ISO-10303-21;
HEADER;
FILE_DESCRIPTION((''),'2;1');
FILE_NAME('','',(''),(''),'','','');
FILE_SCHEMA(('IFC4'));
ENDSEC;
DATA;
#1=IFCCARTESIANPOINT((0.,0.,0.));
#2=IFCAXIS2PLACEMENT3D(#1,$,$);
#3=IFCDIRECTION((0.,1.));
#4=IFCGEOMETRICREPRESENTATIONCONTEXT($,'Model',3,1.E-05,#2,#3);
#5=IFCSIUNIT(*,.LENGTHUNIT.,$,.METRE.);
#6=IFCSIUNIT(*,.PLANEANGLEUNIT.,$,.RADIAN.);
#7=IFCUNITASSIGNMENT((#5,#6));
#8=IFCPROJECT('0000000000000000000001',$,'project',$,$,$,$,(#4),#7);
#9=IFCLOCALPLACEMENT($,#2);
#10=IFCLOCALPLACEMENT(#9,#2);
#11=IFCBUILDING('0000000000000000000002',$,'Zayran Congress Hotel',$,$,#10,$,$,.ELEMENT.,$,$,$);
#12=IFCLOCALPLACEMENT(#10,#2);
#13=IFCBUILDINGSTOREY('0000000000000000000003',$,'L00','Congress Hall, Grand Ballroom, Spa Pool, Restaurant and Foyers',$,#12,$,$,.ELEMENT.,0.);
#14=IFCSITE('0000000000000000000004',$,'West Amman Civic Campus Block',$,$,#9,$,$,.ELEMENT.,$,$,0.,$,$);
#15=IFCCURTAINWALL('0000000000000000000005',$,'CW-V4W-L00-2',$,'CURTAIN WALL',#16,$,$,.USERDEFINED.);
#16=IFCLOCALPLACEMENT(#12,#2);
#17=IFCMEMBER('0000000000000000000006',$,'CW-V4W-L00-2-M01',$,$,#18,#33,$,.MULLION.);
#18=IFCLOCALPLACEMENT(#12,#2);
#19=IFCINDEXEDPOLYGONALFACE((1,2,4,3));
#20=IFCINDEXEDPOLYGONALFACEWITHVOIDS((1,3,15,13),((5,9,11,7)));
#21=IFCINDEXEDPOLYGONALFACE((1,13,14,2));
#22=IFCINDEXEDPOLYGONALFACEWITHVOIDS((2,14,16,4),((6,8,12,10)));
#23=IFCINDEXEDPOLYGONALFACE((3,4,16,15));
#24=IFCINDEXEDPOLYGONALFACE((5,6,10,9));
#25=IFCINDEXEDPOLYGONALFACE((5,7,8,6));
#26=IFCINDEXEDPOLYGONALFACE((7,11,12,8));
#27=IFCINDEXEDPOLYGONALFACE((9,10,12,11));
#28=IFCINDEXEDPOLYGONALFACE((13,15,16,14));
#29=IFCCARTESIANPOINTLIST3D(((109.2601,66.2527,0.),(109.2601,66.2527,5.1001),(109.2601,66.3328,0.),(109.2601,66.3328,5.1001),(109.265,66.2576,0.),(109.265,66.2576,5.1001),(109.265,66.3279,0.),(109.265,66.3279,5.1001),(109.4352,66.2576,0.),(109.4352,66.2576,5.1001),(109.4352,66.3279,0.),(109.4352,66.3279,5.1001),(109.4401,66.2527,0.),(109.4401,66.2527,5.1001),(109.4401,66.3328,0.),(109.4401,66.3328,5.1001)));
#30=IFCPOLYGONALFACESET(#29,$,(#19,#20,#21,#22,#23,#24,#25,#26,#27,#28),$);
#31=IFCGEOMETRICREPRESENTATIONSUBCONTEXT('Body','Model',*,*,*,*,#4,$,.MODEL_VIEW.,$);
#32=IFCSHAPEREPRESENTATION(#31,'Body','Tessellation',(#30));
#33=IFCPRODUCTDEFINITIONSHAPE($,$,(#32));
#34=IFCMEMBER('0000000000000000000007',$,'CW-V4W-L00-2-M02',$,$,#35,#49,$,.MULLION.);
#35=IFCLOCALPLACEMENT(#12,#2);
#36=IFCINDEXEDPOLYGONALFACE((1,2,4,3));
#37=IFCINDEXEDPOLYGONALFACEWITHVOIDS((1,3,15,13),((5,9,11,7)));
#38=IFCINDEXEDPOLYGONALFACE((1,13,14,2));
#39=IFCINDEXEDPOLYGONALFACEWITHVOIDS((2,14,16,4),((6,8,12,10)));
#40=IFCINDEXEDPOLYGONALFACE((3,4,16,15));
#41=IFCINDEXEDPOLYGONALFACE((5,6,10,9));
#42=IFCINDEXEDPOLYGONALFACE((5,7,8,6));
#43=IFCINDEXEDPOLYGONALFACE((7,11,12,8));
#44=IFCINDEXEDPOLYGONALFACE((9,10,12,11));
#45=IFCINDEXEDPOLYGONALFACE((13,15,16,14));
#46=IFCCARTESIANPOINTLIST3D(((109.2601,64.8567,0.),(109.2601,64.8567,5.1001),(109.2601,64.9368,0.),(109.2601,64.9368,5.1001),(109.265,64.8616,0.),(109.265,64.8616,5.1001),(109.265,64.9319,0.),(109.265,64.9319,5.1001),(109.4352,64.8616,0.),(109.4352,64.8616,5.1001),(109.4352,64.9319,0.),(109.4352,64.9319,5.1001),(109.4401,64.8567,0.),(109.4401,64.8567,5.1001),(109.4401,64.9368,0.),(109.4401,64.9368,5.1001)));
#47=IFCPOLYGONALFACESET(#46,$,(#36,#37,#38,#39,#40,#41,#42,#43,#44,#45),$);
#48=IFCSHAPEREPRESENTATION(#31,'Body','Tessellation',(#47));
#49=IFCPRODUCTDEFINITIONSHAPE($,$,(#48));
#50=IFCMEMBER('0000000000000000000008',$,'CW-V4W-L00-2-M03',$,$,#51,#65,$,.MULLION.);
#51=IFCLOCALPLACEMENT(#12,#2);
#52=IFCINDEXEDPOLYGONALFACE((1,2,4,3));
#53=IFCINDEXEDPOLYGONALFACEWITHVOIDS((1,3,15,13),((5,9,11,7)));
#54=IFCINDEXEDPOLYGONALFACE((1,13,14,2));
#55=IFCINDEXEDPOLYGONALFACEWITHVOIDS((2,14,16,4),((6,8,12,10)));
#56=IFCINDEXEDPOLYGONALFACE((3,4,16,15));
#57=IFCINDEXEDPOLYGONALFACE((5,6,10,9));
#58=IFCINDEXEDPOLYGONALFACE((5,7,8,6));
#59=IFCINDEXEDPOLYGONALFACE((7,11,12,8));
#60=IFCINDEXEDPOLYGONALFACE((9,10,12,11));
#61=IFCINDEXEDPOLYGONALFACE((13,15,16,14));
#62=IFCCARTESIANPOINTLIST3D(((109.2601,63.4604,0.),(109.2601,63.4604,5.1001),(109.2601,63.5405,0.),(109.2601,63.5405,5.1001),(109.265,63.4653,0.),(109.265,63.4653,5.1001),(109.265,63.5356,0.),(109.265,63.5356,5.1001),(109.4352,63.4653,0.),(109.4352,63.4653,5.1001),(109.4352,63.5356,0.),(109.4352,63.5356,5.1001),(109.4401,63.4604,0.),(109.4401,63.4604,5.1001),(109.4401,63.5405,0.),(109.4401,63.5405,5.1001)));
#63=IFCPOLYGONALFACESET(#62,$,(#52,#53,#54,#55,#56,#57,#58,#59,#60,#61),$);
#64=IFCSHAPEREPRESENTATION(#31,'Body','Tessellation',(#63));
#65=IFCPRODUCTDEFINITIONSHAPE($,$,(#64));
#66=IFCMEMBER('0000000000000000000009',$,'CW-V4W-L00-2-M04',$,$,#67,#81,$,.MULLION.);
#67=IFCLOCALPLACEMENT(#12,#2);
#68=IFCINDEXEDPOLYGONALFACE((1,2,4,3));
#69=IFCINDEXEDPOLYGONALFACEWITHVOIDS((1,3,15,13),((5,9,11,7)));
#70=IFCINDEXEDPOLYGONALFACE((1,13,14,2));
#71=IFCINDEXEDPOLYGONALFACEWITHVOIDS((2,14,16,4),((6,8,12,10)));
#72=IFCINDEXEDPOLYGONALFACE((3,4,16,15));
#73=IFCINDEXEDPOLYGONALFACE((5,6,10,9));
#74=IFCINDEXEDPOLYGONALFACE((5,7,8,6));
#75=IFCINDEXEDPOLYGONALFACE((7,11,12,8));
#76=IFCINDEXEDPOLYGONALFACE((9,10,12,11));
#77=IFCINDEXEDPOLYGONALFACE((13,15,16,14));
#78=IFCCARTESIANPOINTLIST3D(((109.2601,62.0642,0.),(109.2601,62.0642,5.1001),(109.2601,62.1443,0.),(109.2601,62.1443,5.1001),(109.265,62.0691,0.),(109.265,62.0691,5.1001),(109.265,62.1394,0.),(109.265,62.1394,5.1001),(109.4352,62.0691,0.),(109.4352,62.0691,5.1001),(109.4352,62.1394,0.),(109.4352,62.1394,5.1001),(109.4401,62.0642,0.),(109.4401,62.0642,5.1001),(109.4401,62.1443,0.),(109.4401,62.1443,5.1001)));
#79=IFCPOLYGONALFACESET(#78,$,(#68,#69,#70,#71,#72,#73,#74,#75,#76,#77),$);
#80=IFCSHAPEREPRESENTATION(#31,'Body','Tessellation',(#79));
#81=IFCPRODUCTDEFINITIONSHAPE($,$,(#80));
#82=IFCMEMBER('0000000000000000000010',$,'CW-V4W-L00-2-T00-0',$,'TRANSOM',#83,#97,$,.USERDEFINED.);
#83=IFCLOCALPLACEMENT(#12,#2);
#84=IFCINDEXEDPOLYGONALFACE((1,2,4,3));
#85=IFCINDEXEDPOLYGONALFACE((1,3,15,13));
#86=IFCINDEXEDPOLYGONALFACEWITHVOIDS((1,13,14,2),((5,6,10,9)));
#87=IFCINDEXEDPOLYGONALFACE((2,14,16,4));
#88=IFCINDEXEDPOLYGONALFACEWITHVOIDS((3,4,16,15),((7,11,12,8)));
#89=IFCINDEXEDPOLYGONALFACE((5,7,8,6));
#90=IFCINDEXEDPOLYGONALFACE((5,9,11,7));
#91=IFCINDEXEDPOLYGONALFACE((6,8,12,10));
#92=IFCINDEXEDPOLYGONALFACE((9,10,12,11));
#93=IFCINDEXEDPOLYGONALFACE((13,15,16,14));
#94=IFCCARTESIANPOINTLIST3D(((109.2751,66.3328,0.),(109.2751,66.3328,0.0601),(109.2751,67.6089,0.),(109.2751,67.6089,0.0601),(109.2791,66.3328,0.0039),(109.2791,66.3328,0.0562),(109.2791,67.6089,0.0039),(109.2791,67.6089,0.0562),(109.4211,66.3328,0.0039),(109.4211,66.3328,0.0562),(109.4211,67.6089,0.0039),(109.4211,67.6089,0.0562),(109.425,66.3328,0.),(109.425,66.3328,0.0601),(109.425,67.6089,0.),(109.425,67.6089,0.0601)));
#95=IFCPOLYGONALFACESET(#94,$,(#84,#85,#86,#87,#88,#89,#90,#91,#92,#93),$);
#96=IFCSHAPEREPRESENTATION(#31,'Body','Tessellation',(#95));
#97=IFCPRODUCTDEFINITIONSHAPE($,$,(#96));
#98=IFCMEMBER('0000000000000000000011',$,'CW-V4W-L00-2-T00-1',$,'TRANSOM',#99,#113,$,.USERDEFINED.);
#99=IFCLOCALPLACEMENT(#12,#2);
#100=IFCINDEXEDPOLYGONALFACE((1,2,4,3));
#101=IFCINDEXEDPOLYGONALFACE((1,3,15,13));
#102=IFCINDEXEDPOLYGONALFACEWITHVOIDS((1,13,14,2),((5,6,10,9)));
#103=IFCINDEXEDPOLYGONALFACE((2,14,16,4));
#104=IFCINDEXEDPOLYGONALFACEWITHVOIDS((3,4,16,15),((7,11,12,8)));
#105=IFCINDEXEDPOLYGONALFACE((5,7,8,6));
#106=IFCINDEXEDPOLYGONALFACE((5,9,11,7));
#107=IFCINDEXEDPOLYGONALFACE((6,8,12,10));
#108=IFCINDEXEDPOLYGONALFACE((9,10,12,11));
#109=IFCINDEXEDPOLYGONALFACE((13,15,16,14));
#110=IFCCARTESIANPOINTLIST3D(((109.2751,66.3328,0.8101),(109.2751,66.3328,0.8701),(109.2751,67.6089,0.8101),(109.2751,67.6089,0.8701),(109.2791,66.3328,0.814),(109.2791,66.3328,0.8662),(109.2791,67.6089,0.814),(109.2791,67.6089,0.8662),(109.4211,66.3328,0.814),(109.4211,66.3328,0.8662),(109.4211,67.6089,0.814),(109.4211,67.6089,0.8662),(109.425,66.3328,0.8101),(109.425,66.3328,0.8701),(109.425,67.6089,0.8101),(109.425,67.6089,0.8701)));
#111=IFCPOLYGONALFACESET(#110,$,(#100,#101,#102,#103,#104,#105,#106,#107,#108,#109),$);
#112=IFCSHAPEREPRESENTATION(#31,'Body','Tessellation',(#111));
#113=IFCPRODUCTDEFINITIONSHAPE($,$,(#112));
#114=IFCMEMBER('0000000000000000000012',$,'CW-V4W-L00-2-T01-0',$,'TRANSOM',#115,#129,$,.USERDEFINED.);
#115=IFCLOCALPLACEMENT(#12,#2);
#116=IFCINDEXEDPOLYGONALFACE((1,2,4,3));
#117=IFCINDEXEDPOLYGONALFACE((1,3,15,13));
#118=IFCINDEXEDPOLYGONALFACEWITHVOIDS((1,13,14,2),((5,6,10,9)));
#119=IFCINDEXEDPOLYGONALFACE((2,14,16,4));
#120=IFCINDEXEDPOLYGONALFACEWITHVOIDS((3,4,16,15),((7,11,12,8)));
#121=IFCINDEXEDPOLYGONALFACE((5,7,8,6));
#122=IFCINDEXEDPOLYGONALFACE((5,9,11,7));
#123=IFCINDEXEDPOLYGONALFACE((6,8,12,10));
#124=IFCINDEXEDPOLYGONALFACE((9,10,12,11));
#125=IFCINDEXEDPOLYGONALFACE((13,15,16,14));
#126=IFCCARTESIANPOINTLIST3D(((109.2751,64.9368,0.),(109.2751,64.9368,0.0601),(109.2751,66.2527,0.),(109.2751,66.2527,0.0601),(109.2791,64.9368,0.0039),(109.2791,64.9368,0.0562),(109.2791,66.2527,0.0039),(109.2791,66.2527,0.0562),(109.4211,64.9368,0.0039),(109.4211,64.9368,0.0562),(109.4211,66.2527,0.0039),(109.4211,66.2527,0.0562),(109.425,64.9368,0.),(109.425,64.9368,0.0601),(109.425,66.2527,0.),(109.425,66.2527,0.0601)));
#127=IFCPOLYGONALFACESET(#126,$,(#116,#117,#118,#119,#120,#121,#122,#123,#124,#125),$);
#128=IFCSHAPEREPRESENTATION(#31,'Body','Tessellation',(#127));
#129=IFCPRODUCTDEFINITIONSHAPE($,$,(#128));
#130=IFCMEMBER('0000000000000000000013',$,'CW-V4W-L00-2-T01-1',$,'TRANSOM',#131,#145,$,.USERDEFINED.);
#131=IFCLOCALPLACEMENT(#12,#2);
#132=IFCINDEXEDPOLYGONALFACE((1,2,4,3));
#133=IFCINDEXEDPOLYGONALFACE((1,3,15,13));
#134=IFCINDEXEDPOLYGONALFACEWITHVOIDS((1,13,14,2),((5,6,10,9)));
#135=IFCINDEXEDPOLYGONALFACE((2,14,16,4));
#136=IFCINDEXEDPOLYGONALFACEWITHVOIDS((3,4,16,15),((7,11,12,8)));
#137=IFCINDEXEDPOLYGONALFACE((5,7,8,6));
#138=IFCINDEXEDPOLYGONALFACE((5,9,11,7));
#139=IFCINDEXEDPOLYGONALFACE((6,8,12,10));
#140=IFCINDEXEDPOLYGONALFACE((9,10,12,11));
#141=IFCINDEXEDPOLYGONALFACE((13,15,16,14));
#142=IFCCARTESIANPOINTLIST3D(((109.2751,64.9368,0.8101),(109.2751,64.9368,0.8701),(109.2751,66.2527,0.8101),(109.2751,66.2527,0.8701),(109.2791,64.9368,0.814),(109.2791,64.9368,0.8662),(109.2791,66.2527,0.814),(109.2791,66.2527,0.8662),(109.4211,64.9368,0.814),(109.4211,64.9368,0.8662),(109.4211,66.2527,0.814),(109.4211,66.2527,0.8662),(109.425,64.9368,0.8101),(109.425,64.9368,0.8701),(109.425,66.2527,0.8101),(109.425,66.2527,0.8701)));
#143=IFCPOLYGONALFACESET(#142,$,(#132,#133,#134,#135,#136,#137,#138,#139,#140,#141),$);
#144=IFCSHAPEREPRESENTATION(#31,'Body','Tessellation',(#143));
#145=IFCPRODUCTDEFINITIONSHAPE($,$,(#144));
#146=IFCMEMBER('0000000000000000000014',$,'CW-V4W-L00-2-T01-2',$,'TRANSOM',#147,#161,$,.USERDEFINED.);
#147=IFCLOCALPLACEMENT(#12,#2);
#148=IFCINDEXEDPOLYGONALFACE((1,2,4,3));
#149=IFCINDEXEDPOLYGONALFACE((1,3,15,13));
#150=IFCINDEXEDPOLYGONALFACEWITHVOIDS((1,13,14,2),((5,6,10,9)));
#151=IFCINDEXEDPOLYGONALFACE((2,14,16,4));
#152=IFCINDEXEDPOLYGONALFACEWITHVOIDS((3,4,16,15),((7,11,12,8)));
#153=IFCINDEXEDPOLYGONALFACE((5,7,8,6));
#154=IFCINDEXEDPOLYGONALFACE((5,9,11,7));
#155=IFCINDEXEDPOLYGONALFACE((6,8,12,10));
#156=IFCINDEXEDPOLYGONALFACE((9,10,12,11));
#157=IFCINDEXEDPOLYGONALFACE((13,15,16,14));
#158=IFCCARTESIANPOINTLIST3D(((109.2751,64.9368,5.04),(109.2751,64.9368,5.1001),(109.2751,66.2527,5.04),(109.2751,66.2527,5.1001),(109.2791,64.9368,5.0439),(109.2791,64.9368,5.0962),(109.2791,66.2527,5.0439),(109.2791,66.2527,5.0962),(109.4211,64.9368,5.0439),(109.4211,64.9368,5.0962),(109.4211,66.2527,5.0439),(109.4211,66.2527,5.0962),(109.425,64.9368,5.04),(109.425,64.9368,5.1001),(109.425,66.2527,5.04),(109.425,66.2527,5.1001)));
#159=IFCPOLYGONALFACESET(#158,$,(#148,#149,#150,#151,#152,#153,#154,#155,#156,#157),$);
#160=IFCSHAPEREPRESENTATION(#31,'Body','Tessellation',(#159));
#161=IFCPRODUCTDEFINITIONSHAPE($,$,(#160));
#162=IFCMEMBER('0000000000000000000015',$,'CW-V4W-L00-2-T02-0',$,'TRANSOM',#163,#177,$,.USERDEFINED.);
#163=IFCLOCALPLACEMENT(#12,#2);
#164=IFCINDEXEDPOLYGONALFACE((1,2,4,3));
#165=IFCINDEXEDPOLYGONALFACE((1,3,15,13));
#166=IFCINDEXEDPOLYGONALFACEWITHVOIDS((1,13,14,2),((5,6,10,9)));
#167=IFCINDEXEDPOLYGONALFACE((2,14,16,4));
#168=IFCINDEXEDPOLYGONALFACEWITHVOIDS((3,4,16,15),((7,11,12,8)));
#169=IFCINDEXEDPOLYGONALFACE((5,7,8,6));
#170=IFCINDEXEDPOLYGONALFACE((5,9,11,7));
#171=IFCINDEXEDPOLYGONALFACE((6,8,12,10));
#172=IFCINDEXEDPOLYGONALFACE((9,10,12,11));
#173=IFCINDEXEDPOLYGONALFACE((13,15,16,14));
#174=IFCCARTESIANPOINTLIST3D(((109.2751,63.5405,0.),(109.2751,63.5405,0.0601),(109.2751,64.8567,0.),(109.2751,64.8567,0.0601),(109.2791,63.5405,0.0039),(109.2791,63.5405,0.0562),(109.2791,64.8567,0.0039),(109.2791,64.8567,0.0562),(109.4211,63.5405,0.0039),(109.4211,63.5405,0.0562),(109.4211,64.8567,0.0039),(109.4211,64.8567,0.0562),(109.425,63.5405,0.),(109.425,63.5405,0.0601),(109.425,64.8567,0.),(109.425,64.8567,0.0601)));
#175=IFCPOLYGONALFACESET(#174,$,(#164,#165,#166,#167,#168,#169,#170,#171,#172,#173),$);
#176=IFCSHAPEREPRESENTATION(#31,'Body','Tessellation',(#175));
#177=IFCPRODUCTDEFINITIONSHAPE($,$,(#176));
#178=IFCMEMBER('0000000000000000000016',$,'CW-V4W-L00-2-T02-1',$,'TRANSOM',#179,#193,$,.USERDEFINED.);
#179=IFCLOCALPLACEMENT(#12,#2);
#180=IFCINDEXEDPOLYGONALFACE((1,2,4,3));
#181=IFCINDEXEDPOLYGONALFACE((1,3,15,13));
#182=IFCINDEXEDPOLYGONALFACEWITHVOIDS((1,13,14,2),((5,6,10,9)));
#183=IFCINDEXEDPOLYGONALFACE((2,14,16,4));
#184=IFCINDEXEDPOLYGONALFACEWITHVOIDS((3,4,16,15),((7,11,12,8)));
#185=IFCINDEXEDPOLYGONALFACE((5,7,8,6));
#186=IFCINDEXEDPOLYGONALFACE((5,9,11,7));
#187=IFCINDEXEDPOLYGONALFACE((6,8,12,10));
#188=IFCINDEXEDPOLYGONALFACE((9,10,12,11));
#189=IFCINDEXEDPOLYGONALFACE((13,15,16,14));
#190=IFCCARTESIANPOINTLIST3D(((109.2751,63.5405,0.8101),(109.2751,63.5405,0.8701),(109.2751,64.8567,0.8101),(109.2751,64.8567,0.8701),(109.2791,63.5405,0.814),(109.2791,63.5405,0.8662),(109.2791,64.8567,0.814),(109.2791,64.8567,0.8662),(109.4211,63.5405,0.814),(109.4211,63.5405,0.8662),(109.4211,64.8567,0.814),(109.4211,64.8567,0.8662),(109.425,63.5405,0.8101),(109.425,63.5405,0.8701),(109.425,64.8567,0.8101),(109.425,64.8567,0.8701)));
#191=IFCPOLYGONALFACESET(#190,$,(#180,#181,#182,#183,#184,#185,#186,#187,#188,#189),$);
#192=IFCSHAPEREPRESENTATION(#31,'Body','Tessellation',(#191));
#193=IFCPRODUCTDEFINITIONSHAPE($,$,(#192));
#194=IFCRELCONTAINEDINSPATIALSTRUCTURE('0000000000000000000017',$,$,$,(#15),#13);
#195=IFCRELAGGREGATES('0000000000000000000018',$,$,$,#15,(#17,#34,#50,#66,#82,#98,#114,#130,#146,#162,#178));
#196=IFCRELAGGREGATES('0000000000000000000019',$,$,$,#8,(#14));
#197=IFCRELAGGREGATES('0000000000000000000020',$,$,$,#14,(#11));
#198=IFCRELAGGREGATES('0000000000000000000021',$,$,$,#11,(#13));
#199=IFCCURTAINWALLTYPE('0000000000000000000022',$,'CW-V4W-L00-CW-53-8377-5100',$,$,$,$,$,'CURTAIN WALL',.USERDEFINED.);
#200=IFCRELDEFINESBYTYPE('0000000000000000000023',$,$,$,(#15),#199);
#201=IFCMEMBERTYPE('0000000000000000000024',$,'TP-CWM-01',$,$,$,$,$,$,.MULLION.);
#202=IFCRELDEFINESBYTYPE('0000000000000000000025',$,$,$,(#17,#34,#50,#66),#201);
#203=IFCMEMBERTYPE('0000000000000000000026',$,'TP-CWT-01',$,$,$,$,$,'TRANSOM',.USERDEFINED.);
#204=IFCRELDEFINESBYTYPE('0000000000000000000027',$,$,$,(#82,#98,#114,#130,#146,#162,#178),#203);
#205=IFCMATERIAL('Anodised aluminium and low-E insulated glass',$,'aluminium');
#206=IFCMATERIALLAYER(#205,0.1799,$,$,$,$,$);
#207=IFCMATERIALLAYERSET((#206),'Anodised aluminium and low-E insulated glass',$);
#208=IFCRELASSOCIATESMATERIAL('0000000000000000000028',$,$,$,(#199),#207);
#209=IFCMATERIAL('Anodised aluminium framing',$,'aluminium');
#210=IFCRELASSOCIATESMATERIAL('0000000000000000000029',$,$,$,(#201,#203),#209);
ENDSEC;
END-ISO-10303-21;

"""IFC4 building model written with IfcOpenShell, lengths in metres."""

from ifc_helpers import new_model, si_unit, direction, frame, origin, origin_2d, place, context, subcontext, project, spatial, hollow_rectangle, extrude, material, layer, layer_set, material_profile, profile_set, type_object, element, aggregate, save


model = new_model("IFC4")

# Units and contexts
model_context = context("Model", 3, precision=1e-05, world=origin(), true_north=direction((0.0, 1.0)))
body_context = subcontext(model_context, "Body", "Model", "MODEL_VIEW")
ifc_project = project(units=[si_unit("LENGTHUNIT", "METRE"), si_unit("PLANEANGLEUNIT", "RADIAN")], contexts=[model_context])

# Site, building, storey
site_placement = place(None, origin())
site = spatial("IfcSite", under=ifc_project, at=site_placement, Name="West Amman Civic Campus Block", CompositionType="ELEMENT", RefElevation=0.0)
building_placement = place(site_placement, origin())
building = spatial("IfcBuilding", under=site, at=building_placement, Name="Zayran Congress Hotel", CompositionType="ELEMENT")
storey_placement = place(building_placement, origin())
storey = spatial("IfcBuildingStorey", under=building, at=storey_placement, Name="L00", Description="Congress Hall, Grand Ballroom, Spa Pool, Restaurant and Foyers", CompositionType="ELEMENT", Elevation=0.0)

# Curtain wall, members
ifc_material_1 = material(Name="Anodised aluminium and low-E insulated glass", Category="aluminium")
ifc_layer_1 = layer(ifc_material_1, 0.1799)
ifc_layer_set_1 = layer_set([ifc_layer_1], Name="Anodised aluminium and low-E insulated glass")
curtain_wall_type = type_object("IfcCurtainWallType", Name="CW-V4W-L00-CW-53-8377-5100", ElementType="CURTAIN WALL", PredefinedType="USERDEFINED", material=ifc_layer_set_1)
curtain_wall_placement = place(storey_placement, origin())
curtain_wall = element("IfcCurtainWall", 1, at=curtain_wall_placement, inside=storey, type_object=curtain_wall_type, Name="CW-V4W-L00-2", ObjectType="CURTAIN WALL", PredefinedType="USERDEFINED")
ifc_material_2 = material(Name="Anodised aluminium framing", Category="aluminium")
ifc_material_profile_1 = material_profile(ifc_material_2, hollow_rectangle(XDim=0.0801, YDim=0.1799, WallThickness=0.0049, at=origin_2d()), Name="RHS 180x80x5")
ifc_profile_set_1 = profile_set([ifc_material_profile_1], Name="Anodised aluminium framing")
member_type_1 = type_object("IfcMemberType", Name="TP-CWM-01", PredefinedType="MULLION", material=ifc_profile_set_1)
member_1_placement = place(storey_placement, frame((109.3501, 66.2927, 0.0), z_axis=(0.0, 0.0, 1.0), x_axis=(0.0, 1.0, 0.0)))
member_1 = element("IfcMember", 2, at=member_1_placement, type_object=member_type_1, Name="CW-V4W-L00-2-M01", PredefinedType="MULLION", context=body_context, shape_type="SweptSolid", body=[
    extrude(hollow_rectangle(XDim=0.0801, YDim=0.1799, WallThickness=0.0049, at=origin_2d()), origin(), (0.0, 0.0, 1.0), 5.1001),
])
member_2_placement = place(storey_placement, frame((109.3501, 64.8967, 0.0), z_axis=(0.0, 0.0, 1.0), x_axis=(0.0, 1.0, 0.0)))
member_2 = element("IfcMember", 3, at=member_2_placement, type_object=member_type_1, Name="CW-V4W-L00-2-M02", PredefinedType="MULLION", context=body_context, shape_type="SweptSolid", body=[
    extrude(hollow_rectangle(XDim=0.0801, YDim=0.1799, WallThickness=0.0049, at=origin_2d()), origin(), (0.0, 0.0, 1.0), 5.1001),
])
member_3_placement = place(storey_placement, frame((109.3501, 63.5005, 0.0), z_axis=(0.0, 0.0, 1.0), x_axis=(0.0, 1.0, 0.0)))
member_3 = element("IfcMember", 4, at=member_3_placement, type_object=member_type_1, Name="CW-V4W-L00-2-M03", PredefinedType="MULLION", context=body_context, shape_type="SweptSolid", body=[
    extrude(hollow_rectangle(XDim=0.0801, YDim=0.1799, WallThickness=0.0049, at=origin_2d()), origin(), (0.0, 0.0, 1.0), 5.1001),
])
member_4_placement = place(storey_placement, frame((109.3501, 62.1042, 0.0), z_axis=(0.0, 0.0, 1.0), x_axis=(0.0, 1.0, 0.0)))
member_4 = element("IfcMember", 5, at=member_4_placement, type_object=member_type_1, Name="CW-V4W-L00-2-M04", PredefinedType="MULLION", context=body_context, shape_type="SweptSolid", body=[
    extrude(hollow_rectangle(XDim=0.0801, YDim=0.1799, WallThickness=0.0049, at=origin_2d()), origin(), (0.0, 0.0, 1.0), 5.1001),
])
ifc_material_profile_2 = material_profile(ifc_material_2, hollow_rectangle(XDim=0.0601, YDim=0.1499, WallThickness=0.0039, at=origin_2d()), Name="RHS 150x60x4")
ifc_profile_set_2 = profile_set([ifc_material_profile_2], Name="Anodised aluminium framing")
member_type_2 = type_object("IfcMemberType", Name="TP-CWT-01", ElementType="TRANSOM", PredefinedType="USERDEFINED", material=ifc_profile_set_2)
member_5_placement = place(storey_placement, frame((109.3501, 67.6089, 0.03), z_axis=(0.0, -1.0, 0.0), x_axis=(0.0, 0.0, 1.0)))
member_5 = element("IfcMember", 6, at=member_5_placement, type_object=member_type_2, Name="CW-V4W-L00-2-T00-0", ObjectType="TRANSOM", PredefinedType="USERDEFINED", context=body_context, shape_type="SweptSolid", body=[
    extrude(hollow_rectangle(XDim=0.0601, YDim=0.1499, WallThickness=0.0039, at=origin_2d()), origin(), (0.0, 0.0, 1.0), 1.2761),
])
member_6_placement = place(storey_placement, frame((109.3501, 67.6089, 0.8401), z_axis=(0.0, -1.0, 0.0), x_axis=(0.0, 0.0, 1.0)))
member_6 = element("IfcMember", 7, at=member_6_placement, type_object=member_type_2, Name="CW-V4W-L00-2-T00-1", ObjectType="TRANSOM", PredefinedType="USERDEFINED", context=body_context, shape_type="SweptSolid", body=[
    extrude(hollow_rectangle(XDim=0.0601, YDim=0.1499, WallThickness=0.0039, at=origin_2d()), origin(), (0.0, 0.0, 1.0), 1.2761),
])
member_7_placement = place(storey_placement, frame((109.3501, 66.2527, 0.03), z_axis=(0.0, -1.0, 0.0), x_axis=(0.0, 0.0, 1.0)))
member_7 = element("IfcMember", 8, at=member_7_placement, type_object=member_type_2, Name="CW-V4W-L00-2-T01-0", ObjectType="TRANSOM", PredefinedType="USERDEFINED", context=body_context, shape_type="SweptSolid", body=[
    extrude(hollow_rectangle(XDim=0.0601, YDim=0.1499, WallThickness=0.0039, at=origin_2d()), origin(), (0.0, 0.0, 1.0), 1.3159),
])
member_8_placement = place(storey_placement, frame((109.3501, 66.2527, 0.8401), z_axis=(0.0, -1.0, 0.0), x_axis=(0.0, 0.0, 1.0)))
member_8 = element("IfcMember", 9, at=member_8_placement, type_object=member_type_2, Name="CW-V4W-L00-2-T01-1", ObjectType="TRANSOM", PredefinedType="USERDEFINED", context=body_context, shape_type="SweptSolid", body=[
    extrude(hollow_rectangle(XDim=0.0601, YDim=0.1499, WallThickness=0.0039, at=origin_2d()), origin(), (0.0, 0.0, 1.0), 1.3159),
])
member_9_placement = place(storey_placement, frame((109.3501, 66.2527, 5.0701), z_axis=(0.0, -1.0, 0.0), x_axis=(0.0, 0.0, 1.0)))
member_9 = element("IfcMember", 10, at=member_9_placement, type_object=member_type_2, Name="CW-V4W-L00-2-T01-2", ObjectType="TRANSOM", PredefinedType="USERDEFINED", context=body_context, shape_type="SweptSolid", body=[
    extrude(hollow_rectangle(XDim=0.0601, YDim=0.1499, WallThickness=0.0039, at=origin_2d()), origin(), (0.0, 0.0, 1.0), 1.3159),
])
member_10_placement = place(storey_placement, frame((109.3501, 64.8567, 0.03), z_axis=(0.0, -1.0, 0.0), x_axis=(0.0, 0.0, 1.0)))
member_10 = element("IfcMember", 11, at=member_10_placement, type_object=member_type_2, Name="CW-V4W-L00-2-T02-0", ObjectType="TRANSOM", PredefinedType="USERDEFINED", context=body_context, shape_type="SweptSolid", body=[
    extrude(hollow_rectangle(XDim=0.0601, YDim=0.1499, WallThickness=0.0039, at=origin_2d()), origin(), (0.0, 0.0, 1.0), 1.3162),
])
member_11_placement = place(storey_placement, frame((109.3501, 64.8567, 0.8401), z_axis=(0.0, -1.0, 0.0), x_axis=(0.0, 0.0, 1.0)))
member_11 = element("IfcMember", 12, at=member_11_placement, type_object=member_type_2, Name="CW-V4W-L00-2-T02-1", ObjectType="TRANSOM", PredefinedType="USERDEFINED", context=body_context, shape_type="SweptSolid", body=[
    extrude(hollow_rectangle(XDim=0.0601, YDim=0.1499, WallThickness=0.0039, at=origin_2d()), origin(), (0.0, 0.0, 1.0), 1.3162),
])
aggregate(curtain_wall, [member_1, member_2, member_3, member_4, member_5, member_6, member_7, member_8, member_9, member_10, member_11])

save(model, "model.ifc")
